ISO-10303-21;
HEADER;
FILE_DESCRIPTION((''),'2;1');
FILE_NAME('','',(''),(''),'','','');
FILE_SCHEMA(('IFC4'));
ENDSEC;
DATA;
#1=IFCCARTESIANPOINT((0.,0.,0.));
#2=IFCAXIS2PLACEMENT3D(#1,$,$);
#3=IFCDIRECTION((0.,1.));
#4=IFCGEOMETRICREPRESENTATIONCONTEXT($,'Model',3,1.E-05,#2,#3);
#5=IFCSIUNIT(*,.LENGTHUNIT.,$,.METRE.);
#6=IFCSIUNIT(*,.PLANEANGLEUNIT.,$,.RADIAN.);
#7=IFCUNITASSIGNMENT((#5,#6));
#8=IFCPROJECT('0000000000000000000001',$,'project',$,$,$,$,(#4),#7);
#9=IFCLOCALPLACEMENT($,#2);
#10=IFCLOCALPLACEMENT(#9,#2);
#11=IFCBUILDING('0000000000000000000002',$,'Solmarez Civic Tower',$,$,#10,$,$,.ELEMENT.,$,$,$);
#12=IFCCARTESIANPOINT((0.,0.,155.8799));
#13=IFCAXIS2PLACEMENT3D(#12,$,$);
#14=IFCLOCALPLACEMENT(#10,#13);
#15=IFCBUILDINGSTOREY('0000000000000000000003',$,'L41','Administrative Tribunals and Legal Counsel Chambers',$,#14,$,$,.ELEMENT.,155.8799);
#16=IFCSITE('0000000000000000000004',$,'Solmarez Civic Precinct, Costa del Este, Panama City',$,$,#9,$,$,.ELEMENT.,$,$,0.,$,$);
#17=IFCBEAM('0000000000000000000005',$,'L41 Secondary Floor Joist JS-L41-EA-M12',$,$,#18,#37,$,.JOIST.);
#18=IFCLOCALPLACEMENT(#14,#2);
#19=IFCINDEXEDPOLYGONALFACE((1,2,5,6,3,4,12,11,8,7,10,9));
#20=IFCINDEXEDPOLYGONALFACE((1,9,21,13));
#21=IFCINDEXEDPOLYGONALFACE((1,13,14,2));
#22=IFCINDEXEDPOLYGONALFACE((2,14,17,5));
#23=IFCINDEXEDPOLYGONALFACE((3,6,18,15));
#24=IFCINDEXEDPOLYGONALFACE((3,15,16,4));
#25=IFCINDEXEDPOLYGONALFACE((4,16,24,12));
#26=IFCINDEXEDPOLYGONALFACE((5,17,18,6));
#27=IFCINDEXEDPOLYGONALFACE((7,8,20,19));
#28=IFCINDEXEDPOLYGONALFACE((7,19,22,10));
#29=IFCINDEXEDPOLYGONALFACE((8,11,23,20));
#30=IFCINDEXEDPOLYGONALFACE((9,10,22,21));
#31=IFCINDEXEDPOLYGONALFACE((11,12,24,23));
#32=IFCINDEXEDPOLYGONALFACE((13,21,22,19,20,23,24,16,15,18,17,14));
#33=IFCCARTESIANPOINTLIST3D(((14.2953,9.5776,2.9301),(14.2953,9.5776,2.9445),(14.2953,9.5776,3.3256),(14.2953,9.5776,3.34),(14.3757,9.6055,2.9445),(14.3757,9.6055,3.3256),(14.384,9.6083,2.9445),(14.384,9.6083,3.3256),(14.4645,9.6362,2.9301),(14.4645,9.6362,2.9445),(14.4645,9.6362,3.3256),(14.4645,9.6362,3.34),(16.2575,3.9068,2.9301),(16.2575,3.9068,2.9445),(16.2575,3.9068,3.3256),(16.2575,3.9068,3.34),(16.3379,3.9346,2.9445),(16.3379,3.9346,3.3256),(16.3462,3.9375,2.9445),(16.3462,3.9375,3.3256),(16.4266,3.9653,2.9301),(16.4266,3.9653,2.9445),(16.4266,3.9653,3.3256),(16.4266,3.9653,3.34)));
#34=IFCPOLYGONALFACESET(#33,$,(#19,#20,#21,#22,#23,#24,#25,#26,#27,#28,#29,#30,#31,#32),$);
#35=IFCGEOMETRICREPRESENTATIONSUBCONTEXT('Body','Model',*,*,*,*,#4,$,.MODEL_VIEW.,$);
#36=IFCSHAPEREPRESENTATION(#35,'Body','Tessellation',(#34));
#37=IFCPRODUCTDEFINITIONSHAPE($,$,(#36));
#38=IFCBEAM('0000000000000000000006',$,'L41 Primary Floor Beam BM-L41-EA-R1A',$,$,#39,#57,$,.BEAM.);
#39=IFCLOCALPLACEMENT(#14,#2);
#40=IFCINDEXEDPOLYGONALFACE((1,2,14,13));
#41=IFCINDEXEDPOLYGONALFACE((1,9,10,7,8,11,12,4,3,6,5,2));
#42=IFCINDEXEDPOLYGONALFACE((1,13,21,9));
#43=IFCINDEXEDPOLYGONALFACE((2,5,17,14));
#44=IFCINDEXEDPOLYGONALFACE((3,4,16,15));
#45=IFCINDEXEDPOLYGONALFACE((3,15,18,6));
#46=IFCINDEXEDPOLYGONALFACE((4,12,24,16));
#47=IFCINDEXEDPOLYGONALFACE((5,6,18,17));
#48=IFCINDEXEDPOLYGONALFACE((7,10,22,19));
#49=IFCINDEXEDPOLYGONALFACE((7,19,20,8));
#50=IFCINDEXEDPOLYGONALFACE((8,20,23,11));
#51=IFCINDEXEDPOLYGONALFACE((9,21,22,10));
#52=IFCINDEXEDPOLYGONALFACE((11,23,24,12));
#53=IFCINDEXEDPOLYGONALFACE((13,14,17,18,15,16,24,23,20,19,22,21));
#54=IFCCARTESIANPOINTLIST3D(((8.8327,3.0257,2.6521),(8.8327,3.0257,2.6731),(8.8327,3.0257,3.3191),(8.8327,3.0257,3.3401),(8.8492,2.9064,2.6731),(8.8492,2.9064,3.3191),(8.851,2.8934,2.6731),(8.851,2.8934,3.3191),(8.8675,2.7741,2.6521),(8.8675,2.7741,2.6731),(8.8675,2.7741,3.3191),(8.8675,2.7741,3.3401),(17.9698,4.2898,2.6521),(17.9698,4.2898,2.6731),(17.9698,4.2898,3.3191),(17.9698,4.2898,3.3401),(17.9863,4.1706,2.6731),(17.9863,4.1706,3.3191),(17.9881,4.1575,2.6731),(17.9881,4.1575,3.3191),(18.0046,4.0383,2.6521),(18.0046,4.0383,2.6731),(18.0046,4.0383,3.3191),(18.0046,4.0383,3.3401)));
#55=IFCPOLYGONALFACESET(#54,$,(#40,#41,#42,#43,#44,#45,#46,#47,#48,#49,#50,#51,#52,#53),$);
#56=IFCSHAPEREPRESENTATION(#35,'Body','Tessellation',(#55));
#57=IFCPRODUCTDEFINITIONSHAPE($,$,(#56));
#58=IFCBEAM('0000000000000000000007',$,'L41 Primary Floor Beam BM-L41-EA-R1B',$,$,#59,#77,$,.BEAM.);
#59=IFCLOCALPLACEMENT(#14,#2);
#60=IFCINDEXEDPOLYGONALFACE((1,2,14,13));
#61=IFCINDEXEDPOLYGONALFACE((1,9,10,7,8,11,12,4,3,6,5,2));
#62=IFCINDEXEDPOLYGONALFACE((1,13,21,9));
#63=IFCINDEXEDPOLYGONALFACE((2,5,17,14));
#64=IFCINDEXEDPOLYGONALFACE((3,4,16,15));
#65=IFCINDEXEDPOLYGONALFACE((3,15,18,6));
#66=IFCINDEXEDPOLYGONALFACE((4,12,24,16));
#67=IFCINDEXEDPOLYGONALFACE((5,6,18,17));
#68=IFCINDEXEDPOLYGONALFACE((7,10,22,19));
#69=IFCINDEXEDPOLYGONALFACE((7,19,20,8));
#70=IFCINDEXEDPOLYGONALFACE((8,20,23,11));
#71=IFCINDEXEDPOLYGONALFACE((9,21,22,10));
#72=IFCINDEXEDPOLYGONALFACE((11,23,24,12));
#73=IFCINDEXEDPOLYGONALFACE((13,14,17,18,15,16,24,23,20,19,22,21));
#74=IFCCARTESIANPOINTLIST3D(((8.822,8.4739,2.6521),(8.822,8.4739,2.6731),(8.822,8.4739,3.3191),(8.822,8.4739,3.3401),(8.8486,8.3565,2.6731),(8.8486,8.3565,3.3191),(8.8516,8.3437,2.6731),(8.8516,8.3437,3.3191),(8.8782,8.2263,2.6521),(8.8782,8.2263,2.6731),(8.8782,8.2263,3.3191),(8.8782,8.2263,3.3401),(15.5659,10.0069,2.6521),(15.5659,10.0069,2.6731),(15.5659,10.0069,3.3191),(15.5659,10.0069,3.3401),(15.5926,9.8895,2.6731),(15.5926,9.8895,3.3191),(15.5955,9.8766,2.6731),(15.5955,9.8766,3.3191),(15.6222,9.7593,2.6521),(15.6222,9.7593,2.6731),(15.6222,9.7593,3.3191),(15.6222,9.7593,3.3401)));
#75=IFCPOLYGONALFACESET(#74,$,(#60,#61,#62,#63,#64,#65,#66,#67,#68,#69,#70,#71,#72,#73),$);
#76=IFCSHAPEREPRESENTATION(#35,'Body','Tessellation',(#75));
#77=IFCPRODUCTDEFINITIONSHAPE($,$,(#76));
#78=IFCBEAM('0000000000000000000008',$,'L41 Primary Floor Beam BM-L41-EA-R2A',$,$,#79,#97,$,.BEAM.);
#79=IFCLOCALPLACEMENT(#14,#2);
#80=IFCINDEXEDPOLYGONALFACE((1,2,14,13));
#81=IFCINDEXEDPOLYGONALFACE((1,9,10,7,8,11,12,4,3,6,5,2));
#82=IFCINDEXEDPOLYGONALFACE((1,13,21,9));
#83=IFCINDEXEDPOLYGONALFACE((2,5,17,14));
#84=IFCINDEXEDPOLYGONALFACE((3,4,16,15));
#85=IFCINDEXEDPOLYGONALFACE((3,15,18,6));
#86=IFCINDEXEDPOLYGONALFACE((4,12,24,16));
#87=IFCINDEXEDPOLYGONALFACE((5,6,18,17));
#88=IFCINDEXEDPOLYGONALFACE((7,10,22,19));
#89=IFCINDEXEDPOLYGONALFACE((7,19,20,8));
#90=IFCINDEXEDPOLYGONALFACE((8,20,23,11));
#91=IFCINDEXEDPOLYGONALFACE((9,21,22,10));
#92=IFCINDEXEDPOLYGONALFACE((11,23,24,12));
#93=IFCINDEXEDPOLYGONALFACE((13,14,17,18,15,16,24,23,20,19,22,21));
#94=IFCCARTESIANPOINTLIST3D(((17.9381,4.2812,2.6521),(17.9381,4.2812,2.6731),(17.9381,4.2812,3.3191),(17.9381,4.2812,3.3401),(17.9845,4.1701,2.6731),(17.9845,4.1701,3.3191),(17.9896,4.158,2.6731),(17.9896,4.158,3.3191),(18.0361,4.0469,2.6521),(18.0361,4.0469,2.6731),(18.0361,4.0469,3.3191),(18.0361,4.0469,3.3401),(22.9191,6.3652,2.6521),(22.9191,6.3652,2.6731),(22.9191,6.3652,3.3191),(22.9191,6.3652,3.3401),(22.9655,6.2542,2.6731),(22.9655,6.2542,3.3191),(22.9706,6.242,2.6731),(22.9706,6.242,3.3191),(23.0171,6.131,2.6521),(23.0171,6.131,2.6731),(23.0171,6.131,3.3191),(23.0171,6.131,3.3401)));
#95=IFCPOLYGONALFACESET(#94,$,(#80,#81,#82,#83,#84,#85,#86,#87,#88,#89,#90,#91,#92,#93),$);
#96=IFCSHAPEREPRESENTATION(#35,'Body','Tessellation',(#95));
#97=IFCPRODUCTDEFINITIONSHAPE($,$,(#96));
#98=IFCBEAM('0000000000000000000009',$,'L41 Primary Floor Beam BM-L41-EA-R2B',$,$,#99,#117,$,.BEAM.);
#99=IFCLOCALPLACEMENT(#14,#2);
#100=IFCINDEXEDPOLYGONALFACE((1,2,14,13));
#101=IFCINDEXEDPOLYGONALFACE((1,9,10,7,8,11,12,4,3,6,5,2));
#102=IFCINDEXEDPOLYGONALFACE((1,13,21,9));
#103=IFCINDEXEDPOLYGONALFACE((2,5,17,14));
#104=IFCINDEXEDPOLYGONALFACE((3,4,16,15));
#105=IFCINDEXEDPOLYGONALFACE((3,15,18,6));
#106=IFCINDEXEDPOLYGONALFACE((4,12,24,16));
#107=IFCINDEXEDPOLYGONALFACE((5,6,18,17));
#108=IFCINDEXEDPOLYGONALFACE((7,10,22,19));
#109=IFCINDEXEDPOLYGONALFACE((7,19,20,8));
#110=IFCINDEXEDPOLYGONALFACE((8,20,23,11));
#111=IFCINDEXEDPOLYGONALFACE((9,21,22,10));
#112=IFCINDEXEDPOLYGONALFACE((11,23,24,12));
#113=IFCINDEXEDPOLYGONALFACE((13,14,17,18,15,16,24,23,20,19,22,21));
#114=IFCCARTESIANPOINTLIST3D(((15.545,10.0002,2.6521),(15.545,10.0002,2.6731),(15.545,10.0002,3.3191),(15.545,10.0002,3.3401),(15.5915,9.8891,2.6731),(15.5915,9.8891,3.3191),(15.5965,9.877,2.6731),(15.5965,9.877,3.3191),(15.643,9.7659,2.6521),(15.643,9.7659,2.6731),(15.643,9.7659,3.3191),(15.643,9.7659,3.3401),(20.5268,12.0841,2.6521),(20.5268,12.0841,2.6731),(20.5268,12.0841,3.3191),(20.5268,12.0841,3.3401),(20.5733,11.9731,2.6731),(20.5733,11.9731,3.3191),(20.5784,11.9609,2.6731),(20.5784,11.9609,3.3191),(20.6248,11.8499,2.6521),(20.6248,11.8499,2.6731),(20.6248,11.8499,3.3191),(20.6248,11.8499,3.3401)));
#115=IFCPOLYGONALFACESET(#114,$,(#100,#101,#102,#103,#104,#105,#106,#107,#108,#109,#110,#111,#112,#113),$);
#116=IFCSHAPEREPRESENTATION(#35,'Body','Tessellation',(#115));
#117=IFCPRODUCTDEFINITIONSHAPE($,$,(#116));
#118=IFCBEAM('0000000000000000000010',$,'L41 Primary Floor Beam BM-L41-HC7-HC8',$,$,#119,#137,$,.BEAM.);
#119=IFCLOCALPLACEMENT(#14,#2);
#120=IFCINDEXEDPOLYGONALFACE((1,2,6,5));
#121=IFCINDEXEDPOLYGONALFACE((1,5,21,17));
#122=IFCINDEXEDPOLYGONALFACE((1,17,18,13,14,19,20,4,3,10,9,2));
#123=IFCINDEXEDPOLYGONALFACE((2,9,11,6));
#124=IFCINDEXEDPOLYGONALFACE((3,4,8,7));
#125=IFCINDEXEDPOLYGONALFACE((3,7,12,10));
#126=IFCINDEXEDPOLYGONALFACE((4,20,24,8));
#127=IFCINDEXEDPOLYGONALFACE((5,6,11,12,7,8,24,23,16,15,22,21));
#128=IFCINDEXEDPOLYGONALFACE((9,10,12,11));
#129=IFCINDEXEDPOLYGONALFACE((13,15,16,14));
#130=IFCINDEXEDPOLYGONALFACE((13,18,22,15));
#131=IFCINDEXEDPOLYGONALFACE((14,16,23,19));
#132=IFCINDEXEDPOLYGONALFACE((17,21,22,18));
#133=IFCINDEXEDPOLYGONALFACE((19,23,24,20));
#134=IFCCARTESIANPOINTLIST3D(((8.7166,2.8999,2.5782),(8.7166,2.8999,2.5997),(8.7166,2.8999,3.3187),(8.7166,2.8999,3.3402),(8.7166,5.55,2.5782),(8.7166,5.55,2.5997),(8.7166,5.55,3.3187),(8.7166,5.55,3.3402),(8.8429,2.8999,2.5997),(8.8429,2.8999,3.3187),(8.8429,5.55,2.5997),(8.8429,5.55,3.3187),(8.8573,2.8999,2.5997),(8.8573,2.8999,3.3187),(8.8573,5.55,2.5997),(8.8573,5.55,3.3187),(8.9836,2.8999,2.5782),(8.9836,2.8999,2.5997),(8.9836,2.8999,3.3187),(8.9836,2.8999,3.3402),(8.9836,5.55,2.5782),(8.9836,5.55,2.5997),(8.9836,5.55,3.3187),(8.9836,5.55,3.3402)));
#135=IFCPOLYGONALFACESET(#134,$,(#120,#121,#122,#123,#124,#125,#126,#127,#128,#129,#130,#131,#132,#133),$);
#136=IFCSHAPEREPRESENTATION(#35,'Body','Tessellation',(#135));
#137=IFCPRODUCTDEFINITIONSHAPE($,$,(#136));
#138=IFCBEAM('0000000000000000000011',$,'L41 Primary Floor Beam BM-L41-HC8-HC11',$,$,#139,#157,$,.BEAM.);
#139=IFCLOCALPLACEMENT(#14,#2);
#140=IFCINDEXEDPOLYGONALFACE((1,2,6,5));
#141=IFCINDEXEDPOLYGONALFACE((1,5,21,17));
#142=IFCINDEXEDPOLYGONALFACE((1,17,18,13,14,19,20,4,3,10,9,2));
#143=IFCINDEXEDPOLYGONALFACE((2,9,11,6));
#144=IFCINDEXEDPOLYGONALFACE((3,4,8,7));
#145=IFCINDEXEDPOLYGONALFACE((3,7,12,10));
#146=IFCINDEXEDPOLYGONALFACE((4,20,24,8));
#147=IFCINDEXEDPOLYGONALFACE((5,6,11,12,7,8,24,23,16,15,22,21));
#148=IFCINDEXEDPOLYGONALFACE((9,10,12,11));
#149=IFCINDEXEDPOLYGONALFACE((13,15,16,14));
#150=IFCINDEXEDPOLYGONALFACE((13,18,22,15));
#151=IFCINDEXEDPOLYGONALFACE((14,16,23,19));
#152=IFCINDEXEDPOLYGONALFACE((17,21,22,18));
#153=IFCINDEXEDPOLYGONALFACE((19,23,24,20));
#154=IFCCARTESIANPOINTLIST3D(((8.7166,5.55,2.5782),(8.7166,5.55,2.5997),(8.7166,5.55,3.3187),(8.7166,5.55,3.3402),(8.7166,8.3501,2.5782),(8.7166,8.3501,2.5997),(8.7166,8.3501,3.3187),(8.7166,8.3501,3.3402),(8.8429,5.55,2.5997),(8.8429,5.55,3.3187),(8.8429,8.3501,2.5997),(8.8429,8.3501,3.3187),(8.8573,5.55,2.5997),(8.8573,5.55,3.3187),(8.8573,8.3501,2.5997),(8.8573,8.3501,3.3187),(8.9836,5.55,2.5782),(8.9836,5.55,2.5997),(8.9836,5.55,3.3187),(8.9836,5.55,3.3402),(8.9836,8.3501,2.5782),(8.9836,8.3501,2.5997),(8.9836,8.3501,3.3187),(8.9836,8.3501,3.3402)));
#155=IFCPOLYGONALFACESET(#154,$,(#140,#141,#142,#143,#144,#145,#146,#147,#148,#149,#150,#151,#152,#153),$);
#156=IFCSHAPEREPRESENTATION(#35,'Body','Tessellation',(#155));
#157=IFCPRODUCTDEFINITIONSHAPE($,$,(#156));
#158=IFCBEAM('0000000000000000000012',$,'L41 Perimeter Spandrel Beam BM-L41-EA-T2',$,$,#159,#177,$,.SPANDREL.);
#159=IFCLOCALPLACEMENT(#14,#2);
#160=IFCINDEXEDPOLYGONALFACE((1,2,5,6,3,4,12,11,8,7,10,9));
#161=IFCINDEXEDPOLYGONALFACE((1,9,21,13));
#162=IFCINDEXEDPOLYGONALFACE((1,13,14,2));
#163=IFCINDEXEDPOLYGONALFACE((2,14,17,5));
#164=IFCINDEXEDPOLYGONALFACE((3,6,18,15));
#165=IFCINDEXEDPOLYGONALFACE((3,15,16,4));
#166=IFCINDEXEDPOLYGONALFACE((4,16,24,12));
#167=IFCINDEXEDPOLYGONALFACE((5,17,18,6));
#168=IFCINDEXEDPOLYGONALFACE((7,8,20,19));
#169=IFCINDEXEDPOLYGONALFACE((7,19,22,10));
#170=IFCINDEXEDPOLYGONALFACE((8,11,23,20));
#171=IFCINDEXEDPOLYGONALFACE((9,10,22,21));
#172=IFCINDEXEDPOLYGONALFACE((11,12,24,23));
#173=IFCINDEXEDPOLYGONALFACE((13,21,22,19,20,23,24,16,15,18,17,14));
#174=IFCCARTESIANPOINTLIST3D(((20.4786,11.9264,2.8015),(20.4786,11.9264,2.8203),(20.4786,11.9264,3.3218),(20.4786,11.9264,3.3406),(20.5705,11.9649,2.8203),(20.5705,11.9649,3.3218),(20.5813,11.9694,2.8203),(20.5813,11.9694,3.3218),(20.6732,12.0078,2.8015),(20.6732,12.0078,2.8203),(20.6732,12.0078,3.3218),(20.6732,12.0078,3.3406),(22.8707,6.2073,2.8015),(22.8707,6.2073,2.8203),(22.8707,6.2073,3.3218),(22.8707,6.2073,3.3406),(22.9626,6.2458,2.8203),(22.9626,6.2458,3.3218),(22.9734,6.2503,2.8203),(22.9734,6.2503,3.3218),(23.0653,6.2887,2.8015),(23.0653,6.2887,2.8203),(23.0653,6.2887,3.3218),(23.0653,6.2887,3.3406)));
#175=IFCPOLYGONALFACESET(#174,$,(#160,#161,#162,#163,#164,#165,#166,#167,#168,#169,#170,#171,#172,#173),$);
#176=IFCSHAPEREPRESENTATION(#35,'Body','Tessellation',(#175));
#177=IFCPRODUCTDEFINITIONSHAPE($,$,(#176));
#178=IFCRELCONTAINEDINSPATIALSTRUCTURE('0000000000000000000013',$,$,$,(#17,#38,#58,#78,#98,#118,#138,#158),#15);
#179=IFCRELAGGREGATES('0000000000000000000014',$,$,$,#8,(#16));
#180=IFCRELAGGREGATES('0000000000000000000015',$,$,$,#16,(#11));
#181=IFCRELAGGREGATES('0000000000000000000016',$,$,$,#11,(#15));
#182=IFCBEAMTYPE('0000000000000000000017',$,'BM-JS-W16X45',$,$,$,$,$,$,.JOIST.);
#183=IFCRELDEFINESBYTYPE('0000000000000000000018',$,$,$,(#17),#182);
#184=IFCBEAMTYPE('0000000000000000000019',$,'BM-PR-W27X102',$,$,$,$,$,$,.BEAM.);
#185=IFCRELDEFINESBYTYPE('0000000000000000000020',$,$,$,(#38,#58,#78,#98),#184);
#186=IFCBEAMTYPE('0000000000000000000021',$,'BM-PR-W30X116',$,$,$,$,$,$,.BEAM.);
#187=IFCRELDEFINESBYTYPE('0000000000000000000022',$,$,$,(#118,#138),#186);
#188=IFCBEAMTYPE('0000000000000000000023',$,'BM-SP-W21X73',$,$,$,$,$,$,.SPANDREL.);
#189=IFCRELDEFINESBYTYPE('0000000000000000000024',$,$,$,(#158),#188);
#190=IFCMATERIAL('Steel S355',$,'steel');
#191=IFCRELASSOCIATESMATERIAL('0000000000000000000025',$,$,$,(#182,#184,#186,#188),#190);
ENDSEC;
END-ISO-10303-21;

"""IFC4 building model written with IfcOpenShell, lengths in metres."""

from ifc_helpers import new_model, si_unit, direction, frame, origin, origin_2d, place, context, subcontext, project, spatial, i_section, extrude, material, material_profile, profile_set, type_object, element, save


model = new_model("IFC4")

# Units and contexts
model_context = context("Model", 3, precision=1e-05, world=origin(), true_north=direction((0.0, 1.0)))
body_context = subcontext(model_context, "Body", "Model", "MODEL_VIEW")
ifc_project = project(units=[si_unit("LENGTHUNIT", "METRE"), si_unit("PLANEANGLEUNIT", "RADIAN")], contexts=[model_context])

# Site, building, storey
site_placement = place(None, origin())
site = spatial("IfcSite", under=ifc_project, at=site_placement, Name="Solmarez Civic Precinct, Costa del Este, Panama City", CompositionType="ELEMENT", RefElevation=0.0)
building_placement = place(site_placement, origin())
building = spatial("IfcBuilding", under=site, at=building_placement, Name="Solmarez Civic Tower", CompositionType="ELEMENT")
storey_placement = place(building_placement, frame((0.0, 0.0, 155.8799)))
storey = spatial("IfcBuildingStorey", under=building, at=storey_placement, Name="L41", Description="Administrative Tribunals and Legal Counsel Chambers", CompositionType="ELEMENT", Elevation=155.8799)

# Shared definitions
ifc_material_1 = material(Name="Steel S355", Category="steel")

# Beams
ifc_material_profile_1 = material_profile(ifc_material_1, i_section(OverallWidth=0.179, OverallDepth=0.4099, WebThickness=0.0088, FlangeThickness=0.0144, at=origin_2d()), Name="W16X45")
ifc_profile_set_1 = profile_set([ifc_material_profile_1], Name="Steel S355")
beam_type_1 = type_object("IfcBeamType", Name="BM-JS-W16X45", PredefinedType="JOIST", material=ifc_profile_set_1)
beam_1_placement = place(storey_placement, frame((16.342, 3.936, 3.135), z_axis=(-0.326985, 0.94503, 0.0), x_axis=(-0.94503, -0.326985, 0.0)))
element("IfcBeam", 1, at=beam_1_placement, inside=storey, type_object=beam_type_1, Name="L41 Secondary Floor Joist JS-L41-EA-M12", PredefinedType="JOIST", context=body_context, shape_type="SweptSolid", body=[
    extrude(i_section(OverallWidth=0.179, OverallDepth=0.4099, WebThickness=0.0088, FlangeThickness=0.0144, at=origin_2d()), origin(), (0.0, 0.0, 1.0), 6.0007),
])
ifc_material_profile_2 = material_profile(ifc_material_1, i_section(OverallWidth=0.2539, OverallDepth=0.688, WebThickness=0.0132, FlangeThickness=0.021, at=origin_2d()), Name="W27X102")
ifc_profile_set_2 = profile_set([ifc_material_profile_2], Name="Steel S355")
beam_type_2 = type_object("IfcBeamType", Name="BM-PR-W27X102", PredefinedType="BEAM", material=ifc_profile_set_2)
beam_2_placement = place(storey_placement, frame((8.8501, 2.8999, 2.9961), z_axis=(0.990564, 0.137051, 0.0), x_axis=(-0.137051, 0.990564, 0.0)))
element("IfcBeam", 2, at=beam_2_placement, inside=storey, type_object=beam_type_2, Name="L41 Primary Floor Beam BM-L41-EA-R1A", PredefinedType="BEAM", context=body_context, shape_type="SweptSolid", body=[
    extrude(i_section(OverallWidth=0.2539, OverallDepth=0.688, WebThickness=0.0132, FlangeThickness=0.021, at=origin_2d()), origin(), (0.0, 0.0, 1.0), 9.2241),
])
beam_3_placement = place(storey_placement, frame((8.8501, 8.3501, 2.9961), z_axis=(0.975125, 0.221656, 0.0), x_axis=(-0.221656, 0.975125, 0.0)))
element("IfcBeam", 3, at=beam_3_placement, inside=storey, type_object=beam_type_2, Name="L41 Primary Floor Beam BM-L41-EA-R1B", PredefinedType="BEAM", context=body_context, shape_type="SweptSolid", body=[
    extrude(i_section(OverallWidth=0.2539, OverallDepth=0.688, WebThickness=0.0132, FlangeThickness=0.021, at=origin_2d()), origin(), (0.0, 0.0, 1.0), 6.916),
])
beam_4_placement = place(storey_placement, frame((17.9871, 4.1641, 2.9961), z_axis=(0.922511, 0.38597, 0.0), x_axis=(-0.38597, 0.922511, 0.0)))
element("IfcBeam", 4, at=beam_4_placement, inside=storey, type_object=beam_type_2, Name="L41 Primary Floor Beam BM-L41-EA-R2A", PredefinedType="BEAM", context=body_context, shape_type="SweptSolid", body=[
    extrude(i_section(OverallWidth=0.2539, OverallDepth=0.688, WebThickness=0.0132, FlangeThickness=0.021, at=origin_2d()), origin(), (0.0, 0.0, 1.0), 5.3994),
])
beam_5_placement = place(storey_placement, frame((15.594, 9.8831, 2.9961), z_axis=(0.922538, 0.385905, 0.0), x_axis=(-0.385905, 0.922538, 0.0)))
element("IfcBeam", 5, at=beam_5_placement, inside=storey, type_object=beam_type_2, Name="L41 Primary Floor Beam BM-L41-EA-R2B", PredefinedType="BEAM", context=body_context, shape_type="SweptSolid", body=[
    extrude(i_section(OverallWidth=0.2539, OverallDepth=0.688, WebThickness=0.0132, FlangeThickness=0.021, at=origin_2d()), origin(), (0.0, 0.0, 1.0), 5.4001),
])
ifc_material_profile_3 = material_profile(ifc_material_1, i_section(OverallWidth=0.2671, OverallDepth=0.762, WebThickness=0.0144, FlangeThickness=0.0215, at=origin_2d()), Name="W30X116")
ifc_profile_set_3 = profile_set([ifc_material_profile_3], Name="Steel S355")
beam_type_3 = type_object("IfcBeamType", Name="BM-PR-W30X116", PredefinedType="BEAM", material=ifc_profile_set_3)
beam_6_placement = place(storey_placement, frame((8.8501, 2.8999, 2.9592), z_axis=(0.0, 1.0, 0.0), x_axis=(-1.0, 0.0, 0.0)))
element("IfcBeam", 6, at=beam_6_placement, inside=storey, type_object=beam_type_3, Name="L41 Primary Floor Beam BM-L41-HC7-HC8", PredefinedType="BEAM", context=body_context, shape_type="SweptSolid", body=[
    extrude(i_section(OverallWidth=0.2671, OverallDepth=0.762, WebThickness=0.0144, FlangeThickness=0.0215, at=origin_2d()), origin(), (0.0, 0.0, 1.0), 2.6501),
])
beam_7_placement = place(storey_placement, frame((8.8501, 5.55, 2.9592), z_axis=(0.0, 1.0, 0.0), x_axis=(-1.0, 0.0, 0.0)))
element("IfcBeam", 7, at=beam_7_placement, inside=storey, type_object=beam_type_3, Name="L41 Primary Floor Beam BM-L41-HC8-HC11", PredefinedType="BEAM", context=body_context, shape_type="SweptSolid", body=[
    extrude(i_section(OverallWidth=0.2671, OverallDepth=0.762, WebThickness=0.0144, FlangeThickness=0.0215, at=origin_2d()), origin(), (0.0, 0.0, 1.0), 2.8),
])
ifc_material_profile_4 = material_profile(ifc_material_1, i_section(OverallWidth=0.2109, OverallDepth=0.5391, WebThickness=0.0117, FlangeThickness=0.0188, at=origin_2d()), Name="W21X73")
ifc_profile_set_4 = profile_set([ifc_material_profile_4], Name="Steel S355")
beam_type_4 = type_object("IfcBeamType", Name="BM-SP-W21X73", PredefinedType="SPANDREL", material=ifc_profile_set_4)
beam_8_placement = place(storey_placement, frame((22.968, 6.248, 3.071), z_axis=(-0.385876, 0.922551, 0.0), x_axis=(-0.922551, -0.385876, 0.0)))
element("IfcBeam", 8, at=beam_8_placement, inside=storey, type_object=beam_type_4, Name="L41 Perimeter Spandrel Beam BM-L41-EA-T2", PredefinedType="SPANDREL", context=body_context, shape_type="SweptSolid", body=[
    extrude(i_section(OverallWidth=0.2109, OverallDepth=0.5391, WebThickness=0.0117, FlangeThickness=0.0188, at=origin_2d()), origin(), (0.0, 0.0, 1.0), 6.1992),
])

save(model, "model.ifc")
